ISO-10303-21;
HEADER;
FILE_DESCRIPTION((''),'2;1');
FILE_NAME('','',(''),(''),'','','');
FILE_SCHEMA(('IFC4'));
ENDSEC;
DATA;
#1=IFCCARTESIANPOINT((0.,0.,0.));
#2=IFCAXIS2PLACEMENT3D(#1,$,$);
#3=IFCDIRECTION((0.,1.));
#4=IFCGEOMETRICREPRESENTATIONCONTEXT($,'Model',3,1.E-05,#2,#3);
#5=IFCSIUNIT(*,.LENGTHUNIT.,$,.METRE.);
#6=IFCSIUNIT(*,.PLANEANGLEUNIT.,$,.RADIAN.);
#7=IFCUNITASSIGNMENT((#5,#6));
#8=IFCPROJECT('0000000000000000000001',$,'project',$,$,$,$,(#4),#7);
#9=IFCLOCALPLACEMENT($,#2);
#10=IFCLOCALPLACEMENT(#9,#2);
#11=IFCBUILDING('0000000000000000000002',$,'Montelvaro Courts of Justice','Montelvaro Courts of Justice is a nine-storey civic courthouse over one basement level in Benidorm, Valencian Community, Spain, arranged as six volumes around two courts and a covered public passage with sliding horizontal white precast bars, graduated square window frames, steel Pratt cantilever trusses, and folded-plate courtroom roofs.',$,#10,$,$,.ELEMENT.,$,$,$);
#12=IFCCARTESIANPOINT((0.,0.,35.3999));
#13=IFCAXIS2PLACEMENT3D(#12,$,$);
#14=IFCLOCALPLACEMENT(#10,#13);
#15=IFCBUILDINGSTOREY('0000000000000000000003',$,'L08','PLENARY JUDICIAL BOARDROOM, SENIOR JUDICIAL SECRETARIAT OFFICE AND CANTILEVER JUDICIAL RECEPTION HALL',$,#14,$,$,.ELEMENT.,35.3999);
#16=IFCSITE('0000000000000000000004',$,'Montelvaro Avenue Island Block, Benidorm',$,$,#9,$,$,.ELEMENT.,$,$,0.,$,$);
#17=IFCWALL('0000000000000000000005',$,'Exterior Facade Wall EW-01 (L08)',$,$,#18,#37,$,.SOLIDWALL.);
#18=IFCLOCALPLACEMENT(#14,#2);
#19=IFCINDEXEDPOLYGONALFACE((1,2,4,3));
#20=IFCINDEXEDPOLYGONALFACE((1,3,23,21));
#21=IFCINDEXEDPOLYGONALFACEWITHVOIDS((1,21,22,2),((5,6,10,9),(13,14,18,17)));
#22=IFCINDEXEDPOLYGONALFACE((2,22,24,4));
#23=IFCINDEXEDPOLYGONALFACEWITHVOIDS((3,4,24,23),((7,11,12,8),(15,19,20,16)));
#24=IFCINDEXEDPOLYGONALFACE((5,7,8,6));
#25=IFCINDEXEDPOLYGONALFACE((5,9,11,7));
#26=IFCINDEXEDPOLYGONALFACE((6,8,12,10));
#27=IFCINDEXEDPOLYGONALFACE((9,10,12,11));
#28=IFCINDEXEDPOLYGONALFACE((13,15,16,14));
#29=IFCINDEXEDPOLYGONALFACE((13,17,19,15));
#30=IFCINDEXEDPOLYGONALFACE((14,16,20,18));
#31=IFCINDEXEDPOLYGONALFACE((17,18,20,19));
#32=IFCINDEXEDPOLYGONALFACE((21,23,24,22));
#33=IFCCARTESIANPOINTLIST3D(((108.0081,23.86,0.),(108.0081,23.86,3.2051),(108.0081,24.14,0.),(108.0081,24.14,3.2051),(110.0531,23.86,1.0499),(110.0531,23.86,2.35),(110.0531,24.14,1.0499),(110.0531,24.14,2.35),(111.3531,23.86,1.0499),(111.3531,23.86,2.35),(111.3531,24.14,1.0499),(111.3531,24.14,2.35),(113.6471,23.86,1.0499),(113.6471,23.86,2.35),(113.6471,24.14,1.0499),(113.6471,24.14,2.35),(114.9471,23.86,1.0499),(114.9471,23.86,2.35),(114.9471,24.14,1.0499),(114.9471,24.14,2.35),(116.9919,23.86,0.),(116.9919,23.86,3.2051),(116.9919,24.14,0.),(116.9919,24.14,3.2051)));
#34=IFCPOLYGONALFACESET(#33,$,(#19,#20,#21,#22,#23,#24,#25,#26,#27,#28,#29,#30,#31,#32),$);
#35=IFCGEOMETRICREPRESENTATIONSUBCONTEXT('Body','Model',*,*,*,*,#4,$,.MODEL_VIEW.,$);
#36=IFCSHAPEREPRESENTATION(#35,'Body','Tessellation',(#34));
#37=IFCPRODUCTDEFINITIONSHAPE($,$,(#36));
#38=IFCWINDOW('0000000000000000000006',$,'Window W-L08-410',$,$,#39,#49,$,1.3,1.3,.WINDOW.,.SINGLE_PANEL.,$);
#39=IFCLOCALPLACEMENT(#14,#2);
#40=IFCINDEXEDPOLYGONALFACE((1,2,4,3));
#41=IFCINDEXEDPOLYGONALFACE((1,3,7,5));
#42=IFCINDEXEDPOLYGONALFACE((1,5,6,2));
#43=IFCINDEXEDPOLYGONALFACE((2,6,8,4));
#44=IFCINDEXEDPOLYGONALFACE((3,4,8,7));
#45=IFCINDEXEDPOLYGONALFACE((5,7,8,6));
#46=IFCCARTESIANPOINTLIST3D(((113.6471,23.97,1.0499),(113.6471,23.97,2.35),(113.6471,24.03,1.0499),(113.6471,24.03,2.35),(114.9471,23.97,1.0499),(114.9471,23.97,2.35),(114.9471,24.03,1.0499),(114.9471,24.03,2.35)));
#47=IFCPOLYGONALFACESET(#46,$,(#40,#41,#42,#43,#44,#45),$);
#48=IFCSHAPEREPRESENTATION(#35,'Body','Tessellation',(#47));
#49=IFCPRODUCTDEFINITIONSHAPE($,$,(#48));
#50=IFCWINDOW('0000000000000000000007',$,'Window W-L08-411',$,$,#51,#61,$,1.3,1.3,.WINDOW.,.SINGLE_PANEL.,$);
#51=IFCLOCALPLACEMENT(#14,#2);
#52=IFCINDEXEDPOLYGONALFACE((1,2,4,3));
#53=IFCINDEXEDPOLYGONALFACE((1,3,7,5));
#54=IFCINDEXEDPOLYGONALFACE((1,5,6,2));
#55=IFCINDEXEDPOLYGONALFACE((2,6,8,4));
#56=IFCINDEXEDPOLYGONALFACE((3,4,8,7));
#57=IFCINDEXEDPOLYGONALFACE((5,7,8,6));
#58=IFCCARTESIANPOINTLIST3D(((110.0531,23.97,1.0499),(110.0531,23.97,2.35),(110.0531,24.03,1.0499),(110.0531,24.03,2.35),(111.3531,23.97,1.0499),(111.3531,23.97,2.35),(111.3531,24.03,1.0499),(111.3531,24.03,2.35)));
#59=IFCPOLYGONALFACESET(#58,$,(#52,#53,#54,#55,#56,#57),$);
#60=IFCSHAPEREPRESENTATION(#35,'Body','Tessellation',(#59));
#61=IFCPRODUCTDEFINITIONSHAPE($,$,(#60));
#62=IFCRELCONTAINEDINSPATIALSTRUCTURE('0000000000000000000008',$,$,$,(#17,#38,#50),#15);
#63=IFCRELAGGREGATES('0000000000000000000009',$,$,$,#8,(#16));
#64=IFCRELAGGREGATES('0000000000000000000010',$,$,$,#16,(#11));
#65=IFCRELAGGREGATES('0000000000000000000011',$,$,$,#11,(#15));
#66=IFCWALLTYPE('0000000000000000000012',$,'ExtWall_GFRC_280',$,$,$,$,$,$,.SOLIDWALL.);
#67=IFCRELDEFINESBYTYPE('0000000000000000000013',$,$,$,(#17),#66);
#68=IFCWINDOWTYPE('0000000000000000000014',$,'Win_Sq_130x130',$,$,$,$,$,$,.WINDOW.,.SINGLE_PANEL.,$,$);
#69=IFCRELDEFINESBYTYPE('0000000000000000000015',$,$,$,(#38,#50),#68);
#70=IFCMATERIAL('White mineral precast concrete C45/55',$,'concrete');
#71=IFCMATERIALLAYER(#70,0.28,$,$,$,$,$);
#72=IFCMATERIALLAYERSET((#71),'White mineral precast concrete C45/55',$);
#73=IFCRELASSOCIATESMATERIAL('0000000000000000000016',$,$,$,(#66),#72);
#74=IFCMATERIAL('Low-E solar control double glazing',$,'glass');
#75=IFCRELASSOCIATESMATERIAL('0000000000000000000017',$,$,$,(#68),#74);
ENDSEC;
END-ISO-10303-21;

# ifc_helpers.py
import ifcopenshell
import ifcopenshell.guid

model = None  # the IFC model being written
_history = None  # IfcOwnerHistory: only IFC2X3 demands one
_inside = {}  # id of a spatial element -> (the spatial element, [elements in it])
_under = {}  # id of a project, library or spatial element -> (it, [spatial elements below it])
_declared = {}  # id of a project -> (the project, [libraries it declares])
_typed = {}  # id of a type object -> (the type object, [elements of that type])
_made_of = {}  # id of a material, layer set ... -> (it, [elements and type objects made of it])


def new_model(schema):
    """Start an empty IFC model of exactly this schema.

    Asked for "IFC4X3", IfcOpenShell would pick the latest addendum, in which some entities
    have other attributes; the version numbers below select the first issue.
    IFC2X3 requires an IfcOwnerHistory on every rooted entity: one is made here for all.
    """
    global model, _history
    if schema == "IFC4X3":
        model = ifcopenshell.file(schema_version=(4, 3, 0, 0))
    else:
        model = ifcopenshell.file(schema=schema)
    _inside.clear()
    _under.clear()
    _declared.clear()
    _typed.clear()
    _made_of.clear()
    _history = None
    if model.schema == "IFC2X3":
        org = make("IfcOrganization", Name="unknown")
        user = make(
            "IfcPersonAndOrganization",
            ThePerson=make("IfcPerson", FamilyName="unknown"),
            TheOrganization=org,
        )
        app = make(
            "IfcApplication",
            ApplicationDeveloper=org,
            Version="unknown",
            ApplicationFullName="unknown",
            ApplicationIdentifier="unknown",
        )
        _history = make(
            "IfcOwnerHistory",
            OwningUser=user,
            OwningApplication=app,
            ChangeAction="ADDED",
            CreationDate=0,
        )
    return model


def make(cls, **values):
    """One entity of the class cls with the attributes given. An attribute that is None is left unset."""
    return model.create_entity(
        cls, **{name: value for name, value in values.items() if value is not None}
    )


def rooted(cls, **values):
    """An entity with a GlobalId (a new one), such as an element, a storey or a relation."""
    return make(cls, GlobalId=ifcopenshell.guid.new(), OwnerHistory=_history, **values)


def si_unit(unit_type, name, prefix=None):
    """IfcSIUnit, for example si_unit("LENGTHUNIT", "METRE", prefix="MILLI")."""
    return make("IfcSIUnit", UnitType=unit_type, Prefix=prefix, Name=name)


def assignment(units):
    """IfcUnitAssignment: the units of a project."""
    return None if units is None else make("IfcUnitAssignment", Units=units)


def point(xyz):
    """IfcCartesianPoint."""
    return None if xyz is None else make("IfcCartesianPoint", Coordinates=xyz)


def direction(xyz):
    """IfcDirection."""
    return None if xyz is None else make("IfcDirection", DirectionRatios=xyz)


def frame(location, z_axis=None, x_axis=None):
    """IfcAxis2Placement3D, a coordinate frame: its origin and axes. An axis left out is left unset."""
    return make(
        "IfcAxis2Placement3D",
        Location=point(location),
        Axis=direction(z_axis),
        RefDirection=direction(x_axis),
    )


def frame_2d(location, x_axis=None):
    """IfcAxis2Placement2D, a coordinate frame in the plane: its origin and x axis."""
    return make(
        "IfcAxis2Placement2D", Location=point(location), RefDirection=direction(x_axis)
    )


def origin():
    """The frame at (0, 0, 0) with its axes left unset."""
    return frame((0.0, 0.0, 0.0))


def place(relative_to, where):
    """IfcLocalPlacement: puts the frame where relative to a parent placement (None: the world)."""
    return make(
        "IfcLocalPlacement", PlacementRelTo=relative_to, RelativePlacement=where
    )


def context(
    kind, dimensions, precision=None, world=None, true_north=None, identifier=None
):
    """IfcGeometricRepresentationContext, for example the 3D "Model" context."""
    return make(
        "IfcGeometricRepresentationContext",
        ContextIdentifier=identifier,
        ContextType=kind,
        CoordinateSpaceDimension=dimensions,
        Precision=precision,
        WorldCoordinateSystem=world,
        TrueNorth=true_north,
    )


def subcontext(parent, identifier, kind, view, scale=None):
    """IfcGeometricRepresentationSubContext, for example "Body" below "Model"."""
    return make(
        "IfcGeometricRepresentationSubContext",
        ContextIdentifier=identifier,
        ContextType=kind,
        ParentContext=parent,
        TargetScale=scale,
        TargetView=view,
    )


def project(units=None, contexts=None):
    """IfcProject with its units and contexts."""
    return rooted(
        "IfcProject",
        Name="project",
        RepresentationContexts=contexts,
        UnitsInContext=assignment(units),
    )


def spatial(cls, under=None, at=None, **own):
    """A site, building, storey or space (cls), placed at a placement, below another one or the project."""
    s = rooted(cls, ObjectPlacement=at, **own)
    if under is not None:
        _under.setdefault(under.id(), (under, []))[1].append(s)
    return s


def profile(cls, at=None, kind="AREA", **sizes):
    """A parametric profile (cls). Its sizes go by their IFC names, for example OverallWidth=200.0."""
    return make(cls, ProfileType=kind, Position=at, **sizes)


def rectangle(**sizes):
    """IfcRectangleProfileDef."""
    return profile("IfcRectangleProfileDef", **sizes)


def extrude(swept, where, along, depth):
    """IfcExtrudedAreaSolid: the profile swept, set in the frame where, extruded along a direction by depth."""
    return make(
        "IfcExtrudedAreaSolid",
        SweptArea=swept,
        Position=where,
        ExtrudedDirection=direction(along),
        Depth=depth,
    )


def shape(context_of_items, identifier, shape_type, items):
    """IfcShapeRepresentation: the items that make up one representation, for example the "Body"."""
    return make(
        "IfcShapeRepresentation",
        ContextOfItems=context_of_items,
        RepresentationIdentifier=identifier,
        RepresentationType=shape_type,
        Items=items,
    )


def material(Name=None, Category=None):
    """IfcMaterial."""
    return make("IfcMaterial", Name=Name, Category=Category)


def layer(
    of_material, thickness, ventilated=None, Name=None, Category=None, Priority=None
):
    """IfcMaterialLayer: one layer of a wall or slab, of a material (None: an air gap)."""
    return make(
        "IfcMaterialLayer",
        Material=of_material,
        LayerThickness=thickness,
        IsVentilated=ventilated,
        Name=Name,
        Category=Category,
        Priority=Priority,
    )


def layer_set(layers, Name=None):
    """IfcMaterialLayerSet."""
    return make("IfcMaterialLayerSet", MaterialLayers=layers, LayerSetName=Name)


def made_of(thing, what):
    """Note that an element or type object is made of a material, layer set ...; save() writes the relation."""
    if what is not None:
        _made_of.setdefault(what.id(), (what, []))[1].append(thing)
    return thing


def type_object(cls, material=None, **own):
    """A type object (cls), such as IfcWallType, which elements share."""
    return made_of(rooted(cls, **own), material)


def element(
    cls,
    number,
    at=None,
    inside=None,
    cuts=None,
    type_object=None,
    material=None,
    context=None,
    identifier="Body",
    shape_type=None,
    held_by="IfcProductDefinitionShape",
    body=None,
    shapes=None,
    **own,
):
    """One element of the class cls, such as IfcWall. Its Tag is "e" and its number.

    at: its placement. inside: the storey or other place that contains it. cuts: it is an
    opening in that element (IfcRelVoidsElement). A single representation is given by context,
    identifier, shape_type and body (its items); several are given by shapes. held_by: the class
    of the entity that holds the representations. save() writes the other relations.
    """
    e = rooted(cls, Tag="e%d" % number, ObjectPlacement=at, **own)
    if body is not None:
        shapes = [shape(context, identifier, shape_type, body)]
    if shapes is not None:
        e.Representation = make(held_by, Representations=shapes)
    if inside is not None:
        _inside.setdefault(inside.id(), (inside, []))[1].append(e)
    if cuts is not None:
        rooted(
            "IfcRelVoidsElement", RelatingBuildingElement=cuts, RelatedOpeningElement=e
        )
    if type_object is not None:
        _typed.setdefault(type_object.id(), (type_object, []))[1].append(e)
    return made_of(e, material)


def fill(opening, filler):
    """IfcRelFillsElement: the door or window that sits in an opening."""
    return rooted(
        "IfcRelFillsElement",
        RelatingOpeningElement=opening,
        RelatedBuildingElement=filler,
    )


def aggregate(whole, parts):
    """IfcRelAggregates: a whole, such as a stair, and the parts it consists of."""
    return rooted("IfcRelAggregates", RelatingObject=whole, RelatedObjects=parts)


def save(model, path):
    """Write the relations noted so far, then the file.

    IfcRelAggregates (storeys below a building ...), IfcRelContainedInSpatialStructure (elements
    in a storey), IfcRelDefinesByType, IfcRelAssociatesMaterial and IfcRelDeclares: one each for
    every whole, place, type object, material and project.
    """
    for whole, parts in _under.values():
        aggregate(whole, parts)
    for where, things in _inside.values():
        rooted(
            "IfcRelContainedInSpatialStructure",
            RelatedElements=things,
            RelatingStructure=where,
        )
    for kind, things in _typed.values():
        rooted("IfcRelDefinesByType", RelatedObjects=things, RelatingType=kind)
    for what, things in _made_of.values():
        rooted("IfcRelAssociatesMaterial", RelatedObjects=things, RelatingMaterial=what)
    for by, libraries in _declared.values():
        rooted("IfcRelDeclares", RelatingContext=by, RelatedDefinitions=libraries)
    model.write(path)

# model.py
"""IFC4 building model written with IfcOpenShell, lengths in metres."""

from ifc_helpers import new_model, si_unit, direction, frame, frame_2d, origin, place, context, subcontext, project, spatial, rectangle, extrude, material, layer, layer_set, type_object, element, fill, save


model = new_model("IFC4")

# Units and contexts
model_context = context("Model", 3, precision=1e-05, world=origin(), true_north=direction((0.0, 1.0)))
body_context = subcontext(model_context, "Body", "Model", "MODEL_VIEW")
ifc_project = project(units=[si_unit("LENGTHUNIT", "METRE"), si_unit("PLANEANGLEUNIT", "RADIAN")], contexts=[model_context])

# Site, building, storey
site_placement = place(None, origin())
site = spatial("IfcSite", under=ifc_project, at=site_placement, Name="Montelvaro Avenue Island Block, Benidorm", CompositionType="ELEMENT", RefElevation=0.0)
building_placement = place(site_placement, origin())
building = spatial("IfcBuilding", under=site, at=building_placement, Name="Montelvaro Courts of Justice", Description="Montelvaro Courts of Justice is a nine-storey civic courthouse over one basement level in Benidorm, Valencian Community, Spain, arranged as six volumes around two courts and a covered public passage with sliding horizontal white precast bars, graduated square window frames, steel Pratt cantilever trusses, and folded-plate courtroom roofs.", CompositionType="ELEMENT")
storey_placement = place(building_placement, frame((0.0, 0.0, 35.3999)))
storey = spatial("IfcBuildingStorey", under=building, at=storey_placement, Name="L08", Description="PLENARY JUDICIAL BOARDROOM, SENIOR JUDICIAL SECRETARIAT OFFICE AND CANTILEVER JUDICIAL RECEPTION HALL", CompositionType="ELEMENT", Elevation=35.3999)

# Shared definitions
ifc_material_1 = material(Name="White mineral precast concrete C45/55", Category="concrete")

# Wall, openings, windows
ifc_layer_1 = layer(ifc_material_1, 0.28)
ifc_layer_set_1 = layer_set([ifc_layer_1], Name="White mineral precast concrete C45/55")
wall_type = type_object("IfcWallType", Name="ExtWall_GFRC_280", PredefinedType="SOLIDWALL", material=ifc_layer_set_1)
wall_placement = place(storey_placement, frame((116.9919, 24.0, 0.0), z_axis=(0.0, 0.0, 1.0), x_axis=(-1.0, 0.0, 0.0)))
wall = element("IfcWall", 1, at=wall_placement, inside=storey, type_object=wall_type, Name="Exterior Facade Wall EW-01 (L08)", PredefinedType="SOLIDWALL", context=body_context, shape_type="SweptSolid", body=[
    extrude(rectangle(XDim=8.9839, YDim=0.28, at=frame_2d((4.4919, 0.0))), origin(), (0.0, 0.0, 1.0), 3.2051),
])
opening_1_placement = place(wall_placement, frame((2.0449, 0.0, 1.05)))
opening_1 = element("IfcOpeningElement", 2, at=opening_1_placement, cuts=wall, PredefinedType="OPENING", context=body_context, shape_type="SweptSolid", body=[
    extrude(rectangle(XDim=1.3, YDim=1.3, at=frame_2d((0.6499, 0.6499))), frame((0.0, 0.1548, 0.0), z_axis=(0.0, -1.0, 0.0), x_axis=(1.0, 0.0, 0.0)), (0.0, 0.0, 1.0), 0.3098),
])
opening_2_placement = place(wall_placement, frame((5.6389, 0.0, 1.05)))
opening_2 = element("IfcOpeningElement", 3, at=opening_2_placement, cuts=wall, PredefinedType="OPENING", context=body_context, shape_type="SweptSolid", body=[
    extrude(rectangle(XDim=1.3, YDim=1.3, at=frame_2d((0.6499, 0.6499))), frame((0.0, 0.1548, 0.0), z_axis=(0.0, -1.0, 0.0), x_axis=(1.0, 0.0, 0.0)), (0.0, 0.0, 1.0), 0.3098),
])
ifc_material_2 = material(Name="Low-E solar control double glazing", Category="glass")
window_type = type_object("IfcWindowType", Name="Win_Sq_130x130", PartitioningType="SINGLE_PANEL", PredefinedType="WINDOW", material=ifc_material_2)
window_1_placement = place(opening_1_placement, origin())
window_1 = element("IfcWindow", 4, at=window_1_placement, inside=storey, type_object=window_type, Name="Window W-L08-410", OverallHeight=1.3, OverallWidth=1.3, PartitioningType="SINGLE_PANEL", PredefinedType="WINDOW", context=body_context, shape_type="SweptSolid", body=[
    extrude(rectangle(XDim=1.3, YDim=1.3, at=frame_2d((0.6499, 0.6499))), frame((0.0, 0.03, 0.0), z_axis=(0.0, -1.0, 0.0), x_axis=(1.0, 0.0, 0.0)), (0.0, 0.0, 1.0), 0.0601),
])
fill(opening_1, window_1)
window_2_placement = place(opening_2_placement, origin())
window_2 = element("IfcWindow", 5, at=window_2_placement, inside=storey, type_object=window_type, Name="Window W-L08-411", OverallHeight=1.3, OverallWidth=1.3, PartitioningType="SINGLE_PANEL", PredefinedType="WINDOW", context=body_context, shape_type="SweptSolid", body=[
    extrude(rectangle(XDim=1.3, YDim=1.3, at=frame_2d((0.6499, 0.6499))), frame((0.0, 0.03, 0.0), z_axis=(0.0, -1.0, 0.0), x_axis=(1.0, 0.0, 0.0)), (0.0, 0.0, 1.0), 0.0601),
])
fill(opening_2, window_2)

save(model, "model.ifc")
